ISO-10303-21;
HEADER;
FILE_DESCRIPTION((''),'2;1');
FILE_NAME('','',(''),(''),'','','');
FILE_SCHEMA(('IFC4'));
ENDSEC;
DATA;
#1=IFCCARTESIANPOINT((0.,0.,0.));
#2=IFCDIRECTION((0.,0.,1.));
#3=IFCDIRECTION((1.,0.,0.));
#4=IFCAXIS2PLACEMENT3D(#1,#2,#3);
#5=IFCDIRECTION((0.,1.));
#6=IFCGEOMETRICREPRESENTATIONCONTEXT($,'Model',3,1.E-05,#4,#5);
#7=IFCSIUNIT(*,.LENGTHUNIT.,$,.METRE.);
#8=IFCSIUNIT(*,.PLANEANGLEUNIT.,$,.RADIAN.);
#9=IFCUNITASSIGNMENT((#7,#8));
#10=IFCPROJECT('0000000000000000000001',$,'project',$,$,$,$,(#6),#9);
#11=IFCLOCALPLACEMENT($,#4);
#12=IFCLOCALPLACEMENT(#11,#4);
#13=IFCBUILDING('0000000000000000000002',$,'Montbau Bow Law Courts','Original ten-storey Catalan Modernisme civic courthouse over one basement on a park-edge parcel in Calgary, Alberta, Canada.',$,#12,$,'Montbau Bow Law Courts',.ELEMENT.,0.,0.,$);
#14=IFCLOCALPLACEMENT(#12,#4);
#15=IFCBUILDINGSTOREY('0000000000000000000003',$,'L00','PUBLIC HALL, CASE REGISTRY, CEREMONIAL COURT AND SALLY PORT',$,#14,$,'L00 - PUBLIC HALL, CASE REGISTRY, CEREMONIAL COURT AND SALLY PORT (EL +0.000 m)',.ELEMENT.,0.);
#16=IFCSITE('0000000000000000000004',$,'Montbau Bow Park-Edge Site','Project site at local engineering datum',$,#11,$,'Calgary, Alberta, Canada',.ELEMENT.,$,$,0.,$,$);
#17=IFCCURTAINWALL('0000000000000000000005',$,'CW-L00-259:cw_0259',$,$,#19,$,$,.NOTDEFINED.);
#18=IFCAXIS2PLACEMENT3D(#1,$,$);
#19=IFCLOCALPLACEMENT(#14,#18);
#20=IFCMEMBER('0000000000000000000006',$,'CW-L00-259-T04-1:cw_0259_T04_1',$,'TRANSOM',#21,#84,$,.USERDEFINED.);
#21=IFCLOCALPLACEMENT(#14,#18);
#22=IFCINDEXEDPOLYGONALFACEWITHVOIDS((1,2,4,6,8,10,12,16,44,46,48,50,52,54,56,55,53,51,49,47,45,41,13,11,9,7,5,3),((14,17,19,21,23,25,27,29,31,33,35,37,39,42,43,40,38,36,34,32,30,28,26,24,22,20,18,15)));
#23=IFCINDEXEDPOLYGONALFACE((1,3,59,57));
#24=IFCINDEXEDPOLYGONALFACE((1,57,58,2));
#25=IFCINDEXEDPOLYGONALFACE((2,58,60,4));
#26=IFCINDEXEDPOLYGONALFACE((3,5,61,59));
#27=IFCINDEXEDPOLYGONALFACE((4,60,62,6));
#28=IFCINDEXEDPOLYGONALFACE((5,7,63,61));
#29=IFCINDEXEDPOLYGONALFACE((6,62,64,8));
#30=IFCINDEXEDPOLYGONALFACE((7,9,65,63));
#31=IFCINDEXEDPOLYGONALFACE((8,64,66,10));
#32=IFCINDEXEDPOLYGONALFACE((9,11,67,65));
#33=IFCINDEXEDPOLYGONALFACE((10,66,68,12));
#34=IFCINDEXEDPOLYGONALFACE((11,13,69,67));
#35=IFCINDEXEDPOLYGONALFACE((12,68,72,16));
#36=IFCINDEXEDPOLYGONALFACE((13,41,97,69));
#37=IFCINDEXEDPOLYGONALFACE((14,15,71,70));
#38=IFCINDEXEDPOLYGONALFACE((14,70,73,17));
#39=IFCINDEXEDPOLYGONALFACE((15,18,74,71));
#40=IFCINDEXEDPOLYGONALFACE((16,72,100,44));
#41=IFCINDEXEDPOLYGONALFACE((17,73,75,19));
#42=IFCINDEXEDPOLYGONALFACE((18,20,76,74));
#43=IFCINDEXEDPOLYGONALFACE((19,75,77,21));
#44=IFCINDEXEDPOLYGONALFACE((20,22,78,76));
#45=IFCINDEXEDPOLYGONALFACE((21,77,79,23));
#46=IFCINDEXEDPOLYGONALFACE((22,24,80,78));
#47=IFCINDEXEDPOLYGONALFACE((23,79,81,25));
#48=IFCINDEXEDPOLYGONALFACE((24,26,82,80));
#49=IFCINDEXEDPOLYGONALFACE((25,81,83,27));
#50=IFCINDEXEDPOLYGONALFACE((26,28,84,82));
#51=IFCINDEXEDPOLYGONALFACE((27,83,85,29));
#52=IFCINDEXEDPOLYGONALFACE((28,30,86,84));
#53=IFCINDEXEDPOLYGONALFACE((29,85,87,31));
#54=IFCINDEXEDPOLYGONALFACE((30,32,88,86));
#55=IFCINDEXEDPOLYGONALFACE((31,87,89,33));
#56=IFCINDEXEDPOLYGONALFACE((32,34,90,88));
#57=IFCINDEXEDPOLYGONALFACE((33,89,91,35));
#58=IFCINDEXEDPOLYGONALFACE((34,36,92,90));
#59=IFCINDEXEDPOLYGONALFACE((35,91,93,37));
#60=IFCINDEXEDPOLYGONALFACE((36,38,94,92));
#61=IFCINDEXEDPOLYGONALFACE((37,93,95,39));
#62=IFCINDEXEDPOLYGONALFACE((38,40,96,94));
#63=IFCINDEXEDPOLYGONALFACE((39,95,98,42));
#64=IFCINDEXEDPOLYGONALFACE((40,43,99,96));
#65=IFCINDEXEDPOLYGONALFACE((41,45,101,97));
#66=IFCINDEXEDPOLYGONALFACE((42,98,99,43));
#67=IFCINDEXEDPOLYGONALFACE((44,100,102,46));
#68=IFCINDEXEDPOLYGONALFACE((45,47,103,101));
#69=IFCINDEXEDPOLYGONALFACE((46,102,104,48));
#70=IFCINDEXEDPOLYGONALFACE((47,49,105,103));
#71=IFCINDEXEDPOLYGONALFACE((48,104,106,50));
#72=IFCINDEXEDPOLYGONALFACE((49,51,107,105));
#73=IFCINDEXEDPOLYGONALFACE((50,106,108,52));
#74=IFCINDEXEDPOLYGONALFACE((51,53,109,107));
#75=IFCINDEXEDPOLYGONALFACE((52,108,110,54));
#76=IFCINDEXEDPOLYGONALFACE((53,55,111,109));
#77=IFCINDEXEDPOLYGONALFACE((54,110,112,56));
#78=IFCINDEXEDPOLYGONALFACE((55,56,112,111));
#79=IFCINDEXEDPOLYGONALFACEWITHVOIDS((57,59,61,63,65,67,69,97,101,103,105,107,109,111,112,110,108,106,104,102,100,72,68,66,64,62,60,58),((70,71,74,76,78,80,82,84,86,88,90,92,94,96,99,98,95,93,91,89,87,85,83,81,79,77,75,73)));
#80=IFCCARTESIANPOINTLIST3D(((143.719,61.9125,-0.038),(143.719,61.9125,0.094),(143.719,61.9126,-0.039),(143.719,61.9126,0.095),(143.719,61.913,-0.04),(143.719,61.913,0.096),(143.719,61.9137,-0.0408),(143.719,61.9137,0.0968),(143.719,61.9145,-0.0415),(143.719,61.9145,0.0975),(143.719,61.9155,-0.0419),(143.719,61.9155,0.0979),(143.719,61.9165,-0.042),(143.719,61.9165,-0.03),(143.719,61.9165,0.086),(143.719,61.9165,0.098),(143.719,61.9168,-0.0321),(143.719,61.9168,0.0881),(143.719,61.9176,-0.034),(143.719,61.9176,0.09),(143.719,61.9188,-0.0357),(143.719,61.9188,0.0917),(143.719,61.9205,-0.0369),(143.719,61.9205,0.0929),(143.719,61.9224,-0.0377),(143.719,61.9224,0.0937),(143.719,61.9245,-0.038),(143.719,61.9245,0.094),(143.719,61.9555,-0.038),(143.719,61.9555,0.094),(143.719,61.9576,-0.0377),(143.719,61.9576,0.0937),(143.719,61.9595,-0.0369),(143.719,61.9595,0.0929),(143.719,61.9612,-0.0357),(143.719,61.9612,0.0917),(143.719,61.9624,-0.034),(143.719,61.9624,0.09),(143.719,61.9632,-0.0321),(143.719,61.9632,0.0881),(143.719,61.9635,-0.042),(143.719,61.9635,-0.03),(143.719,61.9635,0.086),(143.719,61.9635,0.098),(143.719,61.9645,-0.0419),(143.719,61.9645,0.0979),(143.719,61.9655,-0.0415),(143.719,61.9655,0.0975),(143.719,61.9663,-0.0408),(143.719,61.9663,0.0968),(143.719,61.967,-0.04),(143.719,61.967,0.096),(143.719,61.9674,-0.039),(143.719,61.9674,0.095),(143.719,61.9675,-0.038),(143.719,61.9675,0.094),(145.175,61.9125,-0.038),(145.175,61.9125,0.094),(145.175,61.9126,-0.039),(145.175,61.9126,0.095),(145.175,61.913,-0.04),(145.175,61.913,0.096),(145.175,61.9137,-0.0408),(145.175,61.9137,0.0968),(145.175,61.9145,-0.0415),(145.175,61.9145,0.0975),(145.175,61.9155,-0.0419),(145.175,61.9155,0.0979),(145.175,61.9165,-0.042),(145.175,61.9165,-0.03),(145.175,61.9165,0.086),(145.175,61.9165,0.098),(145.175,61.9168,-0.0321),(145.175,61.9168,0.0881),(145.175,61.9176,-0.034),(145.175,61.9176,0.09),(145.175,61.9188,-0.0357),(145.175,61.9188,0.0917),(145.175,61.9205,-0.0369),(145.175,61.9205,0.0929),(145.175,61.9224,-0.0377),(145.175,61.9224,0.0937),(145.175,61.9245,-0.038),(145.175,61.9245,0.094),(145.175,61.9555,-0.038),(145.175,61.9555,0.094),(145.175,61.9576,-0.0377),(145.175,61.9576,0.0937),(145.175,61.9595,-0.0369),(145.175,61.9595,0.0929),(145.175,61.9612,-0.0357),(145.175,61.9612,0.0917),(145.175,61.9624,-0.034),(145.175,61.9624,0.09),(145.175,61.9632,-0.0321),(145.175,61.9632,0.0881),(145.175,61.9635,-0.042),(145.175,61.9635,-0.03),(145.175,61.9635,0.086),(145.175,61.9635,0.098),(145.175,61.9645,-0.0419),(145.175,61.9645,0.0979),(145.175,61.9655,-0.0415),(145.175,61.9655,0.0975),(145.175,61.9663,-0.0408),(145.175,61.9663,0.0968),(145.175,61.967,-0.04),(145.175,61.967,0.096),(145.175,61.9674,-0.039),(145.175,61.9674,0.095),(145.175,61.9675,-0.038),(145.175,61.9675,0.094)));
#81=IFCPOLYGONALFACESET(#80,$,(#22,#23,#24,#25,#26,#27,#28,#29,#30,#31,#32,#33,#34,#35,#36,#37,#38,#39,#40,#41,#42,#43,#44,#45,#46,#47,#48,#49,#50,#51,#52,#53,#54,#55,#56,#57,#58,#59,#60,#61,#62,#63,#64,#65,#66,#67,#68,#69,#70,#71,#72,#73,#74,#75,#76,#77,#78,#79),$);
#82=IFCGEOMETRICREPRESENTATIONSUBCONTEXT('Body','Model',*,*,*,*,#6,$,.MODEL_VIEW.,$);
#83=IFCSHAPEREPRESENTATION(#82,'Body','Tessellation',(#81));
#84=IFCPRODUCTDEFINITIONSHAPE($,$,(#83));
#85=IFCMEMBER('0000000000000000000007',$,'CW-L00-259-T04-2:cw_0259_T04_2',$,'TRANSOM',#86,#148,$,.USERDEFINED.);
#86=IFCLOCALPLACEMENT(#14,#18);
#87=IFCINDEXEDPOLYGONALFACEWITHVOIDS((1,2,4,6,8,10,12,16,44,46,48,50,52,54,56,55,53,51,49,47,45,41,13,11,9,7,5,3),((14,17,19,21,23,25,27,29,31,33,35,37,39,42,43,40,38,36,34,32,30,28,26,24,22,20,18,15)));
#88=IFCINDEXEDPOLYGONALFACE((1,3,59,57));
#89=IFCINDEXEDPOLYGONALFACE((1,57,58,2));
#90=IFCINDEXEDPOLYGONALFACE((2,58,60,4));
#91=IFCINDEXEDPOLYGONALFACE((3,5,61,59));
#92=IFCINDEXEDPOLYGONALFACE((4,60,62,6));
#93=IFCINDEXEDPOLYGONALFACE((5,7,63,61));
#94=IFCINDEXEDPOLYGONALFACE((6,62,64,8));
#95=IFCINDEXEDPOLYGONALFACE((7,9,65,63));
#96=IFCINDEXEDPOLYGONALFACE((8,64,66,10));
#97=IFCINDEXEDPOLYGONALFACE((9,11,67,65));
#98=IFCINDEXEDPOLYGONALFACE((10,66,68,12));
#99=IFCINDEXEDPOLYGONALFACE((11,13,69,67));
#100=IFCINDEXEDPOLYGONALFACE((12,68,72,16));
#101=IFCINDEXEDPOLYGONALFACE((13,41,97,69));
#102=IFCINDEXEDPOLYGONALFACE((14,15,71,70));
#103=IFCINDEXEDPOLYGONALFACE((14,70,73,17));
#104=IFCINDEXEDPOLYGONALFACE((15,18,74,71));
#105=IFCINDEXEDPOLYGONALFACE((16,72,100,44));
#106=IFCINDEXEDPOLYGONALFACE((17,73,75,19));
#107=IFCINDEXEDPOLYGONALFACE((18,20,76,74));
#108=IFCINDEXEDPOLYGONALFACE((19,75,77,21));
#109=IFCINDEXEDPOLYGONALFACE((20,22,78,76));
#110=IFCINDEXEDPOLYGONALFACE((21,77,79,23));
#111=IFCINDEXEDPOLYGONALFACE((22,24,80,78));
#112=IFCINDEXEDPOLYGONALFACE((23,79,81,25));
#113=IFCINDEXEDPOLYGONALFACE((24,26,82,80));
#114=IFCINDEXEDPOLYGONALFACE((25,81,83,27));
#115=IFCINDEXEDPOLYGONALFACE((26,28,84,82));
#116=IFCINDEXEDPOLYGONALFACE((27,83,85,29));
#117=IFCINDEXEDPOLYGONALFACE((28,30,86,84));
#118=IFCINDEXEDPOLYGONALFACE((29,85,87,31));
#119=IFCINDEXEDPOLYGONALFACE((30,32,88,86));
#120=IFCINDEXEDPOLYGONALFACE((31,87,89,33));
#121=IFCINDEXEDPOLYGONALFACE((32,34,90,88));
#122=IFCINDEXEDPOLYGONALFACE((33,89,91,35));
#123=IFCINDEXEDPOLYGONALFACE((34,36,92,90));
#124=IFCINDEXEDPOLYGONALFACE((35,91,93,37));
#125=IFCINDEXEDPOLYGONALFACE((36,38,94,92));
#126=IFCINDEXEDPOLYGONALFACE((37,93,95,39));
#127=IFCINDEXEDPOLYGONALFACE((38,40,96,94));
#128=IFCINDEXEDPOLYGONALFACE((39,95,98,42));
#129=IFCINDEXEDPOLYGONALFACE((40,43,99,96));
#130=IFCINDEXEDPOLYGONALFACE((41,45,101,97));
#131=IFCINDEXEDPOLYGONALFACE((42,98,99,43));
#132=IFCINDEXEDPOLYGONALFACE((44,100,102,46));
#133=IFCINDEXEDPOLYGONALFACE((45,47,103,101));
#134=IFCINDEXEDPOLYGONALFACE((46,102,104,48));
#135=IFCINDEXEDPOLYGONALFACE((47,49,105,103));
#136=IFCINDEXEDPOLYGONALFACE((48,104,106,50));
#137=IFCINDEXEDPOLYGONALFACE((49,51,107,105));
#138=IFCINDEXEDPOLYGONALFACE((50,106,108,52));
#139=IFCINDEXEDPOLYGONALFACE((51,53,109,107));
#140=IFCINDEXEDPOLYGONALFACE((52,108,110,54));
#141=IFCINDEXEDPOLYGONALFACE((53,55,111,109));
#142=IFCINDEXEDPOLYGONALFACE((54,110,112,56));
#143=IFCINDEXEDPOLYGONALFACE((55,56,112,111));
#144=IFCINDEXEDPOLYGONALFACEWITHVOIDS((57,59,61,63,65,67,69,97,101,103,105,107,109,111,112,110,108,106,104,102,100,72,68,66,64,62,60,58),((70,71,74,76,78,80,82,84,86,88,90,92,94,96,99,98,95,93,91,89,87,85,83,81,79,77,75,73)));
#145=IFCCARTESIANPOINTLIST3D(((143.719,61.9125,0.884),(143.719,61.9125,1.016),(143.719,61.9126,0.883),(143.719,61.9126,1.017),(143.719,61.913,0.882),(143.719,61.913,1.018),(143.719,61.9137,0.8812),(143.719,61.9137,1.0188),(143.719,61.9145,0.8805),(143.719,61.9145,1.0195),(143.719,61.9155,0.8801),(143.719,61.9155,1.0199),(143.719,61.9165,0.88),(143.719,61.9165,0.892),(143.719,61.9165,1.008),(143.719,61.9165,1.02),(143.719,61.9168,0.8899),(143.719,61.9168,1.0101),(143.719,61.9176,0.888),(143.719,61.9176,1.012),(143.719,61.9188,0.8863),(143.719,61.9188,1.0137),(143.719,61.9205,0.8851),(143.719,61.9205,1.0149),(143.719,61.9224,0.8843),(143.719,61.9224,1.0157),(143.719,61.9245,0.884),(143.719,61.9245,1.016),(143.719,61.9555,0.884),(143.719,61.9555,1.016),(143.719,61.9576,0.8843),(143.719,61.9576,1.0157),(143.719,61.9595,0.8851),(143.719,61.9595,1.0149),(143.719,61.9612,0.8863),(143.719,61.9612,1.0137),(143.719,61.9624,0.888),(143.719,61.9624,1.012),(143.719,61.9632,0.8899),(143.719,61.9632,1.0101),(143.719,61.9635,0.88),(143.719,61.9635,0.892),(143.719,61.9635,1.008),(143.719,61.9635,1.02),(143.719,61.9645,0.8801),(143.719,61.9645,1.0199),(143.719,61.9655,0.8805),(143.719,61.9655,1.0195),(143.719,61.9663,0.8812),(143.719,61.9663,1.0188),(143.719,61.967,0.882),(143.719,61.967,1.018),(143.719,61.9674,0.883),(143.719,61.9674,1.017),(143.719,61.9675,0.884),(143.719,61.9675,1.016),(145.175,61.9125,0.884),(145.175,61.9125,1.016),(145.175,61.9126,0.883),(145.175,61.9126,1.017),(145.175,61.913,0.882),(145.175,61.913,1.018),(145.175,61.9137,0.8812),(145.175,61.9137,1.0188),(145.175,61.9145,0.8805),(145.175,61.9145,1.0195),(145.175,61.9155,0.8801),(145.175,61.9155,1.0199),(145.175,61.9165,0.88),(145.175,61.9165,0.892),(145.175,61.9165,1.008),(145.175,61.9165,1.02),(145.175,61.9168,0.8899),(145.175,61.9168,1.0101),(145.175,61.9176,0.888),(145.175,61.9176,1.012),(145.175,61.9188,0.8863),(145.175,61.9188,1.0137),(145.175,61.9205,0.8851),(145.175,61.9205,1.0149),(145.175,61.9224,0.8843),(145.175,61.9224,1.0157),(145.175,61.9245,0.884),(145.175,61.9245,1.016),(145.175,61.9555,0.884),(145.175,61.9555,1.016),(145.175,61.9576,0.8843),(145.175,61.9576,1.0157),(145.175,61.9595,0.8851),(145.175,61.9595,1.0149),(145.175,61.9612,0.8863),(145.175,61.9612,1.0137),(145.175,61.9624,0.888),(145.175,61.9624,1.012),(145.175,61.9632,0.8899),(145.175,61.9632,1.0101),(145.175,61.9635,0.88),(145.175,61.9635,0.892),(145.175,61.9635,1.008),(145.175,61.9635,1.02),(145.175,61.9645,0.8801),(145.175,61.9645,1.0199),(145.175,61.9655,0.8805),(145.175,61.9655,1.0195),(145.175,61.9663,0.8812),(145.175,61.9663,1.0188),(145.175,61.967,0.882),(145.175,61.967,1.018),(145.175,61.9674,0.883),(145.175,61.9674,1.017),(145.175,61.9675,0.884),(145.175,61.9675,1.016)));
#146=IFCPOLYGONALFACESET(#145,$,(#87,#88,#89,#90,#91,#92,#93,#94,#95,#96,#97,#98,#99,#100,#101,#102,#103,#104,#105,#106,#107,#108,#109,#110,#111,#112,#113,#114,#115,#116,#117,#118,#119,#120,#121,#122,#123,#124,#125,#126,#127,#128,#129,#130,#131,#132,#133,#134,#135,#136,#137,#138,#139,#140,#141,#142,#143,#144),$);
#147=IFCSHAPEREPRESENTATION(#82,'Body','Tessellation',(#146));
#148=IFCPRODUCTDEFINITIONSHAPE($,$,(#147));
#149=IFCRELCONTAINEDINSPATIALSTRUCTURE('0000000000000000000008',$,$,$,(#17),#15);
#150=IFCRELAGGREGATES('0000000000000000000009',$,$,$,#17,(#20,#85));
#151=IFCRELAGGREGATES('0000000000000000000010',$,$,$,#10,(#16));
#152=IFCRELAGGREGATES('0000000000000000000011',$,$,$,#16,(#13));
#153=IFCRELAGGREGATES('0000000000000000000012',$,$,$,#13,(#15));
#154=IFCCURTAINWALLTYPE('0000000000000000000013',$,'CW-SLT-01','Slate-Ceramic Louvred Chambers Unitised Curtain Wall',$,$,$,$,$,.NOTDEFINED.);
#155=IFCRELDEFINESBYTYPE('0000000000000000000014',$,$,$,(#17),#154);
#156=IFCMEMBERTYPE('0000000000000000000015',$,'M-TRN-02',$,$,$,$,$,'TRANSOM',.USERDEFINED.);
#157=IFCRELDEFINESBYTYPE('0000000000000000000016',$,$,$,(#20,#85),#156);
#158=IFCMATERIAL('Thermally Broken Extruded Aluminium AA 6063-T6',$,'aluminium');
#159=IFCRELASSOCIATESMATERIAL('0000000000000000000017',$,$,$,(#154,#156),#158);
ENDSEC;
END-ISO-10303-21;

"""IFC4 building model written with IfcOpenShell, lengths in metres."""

from ifc_helpers import new_model, si_unit, direction, frame, origin_with_axes, origin_2d_with_axis, place, context, subcontext, project, spatial, hollow_rectangle, extrude, material, material_profile, profile_set, type_object, element, aggregate, save


model = new_model("IFC4")

# Units and contexts
model_context = context("Model", 3, precision=1e-05, world=origin_with_axes(), true_north=direction((0.0, 1.0)))
body_context = subcontext(model_context, "Body", "Model", "MODEL_VIEW")
ifc_project = project(units=[si_unit("LENGTHUNIT", "METRE"), si_unit("PLANEANGLEUNIT", "RADIAN")], contexts=[model_context])

# Site, building, storey
site_placement = place(None, origin_with_axes())
site = spatial("IfcSite", under=ifc_project, at=site_placement, Name="Montbau Bow Park-Edge Site", Description="Project site at local engineering datum", LongName="Calgary, Alberta, Canada", CompositionType="ELEMENT", RefElevation=0.0)
building_placement = place(site_placement, origin_with_axes())
building = spatial("IfcBuilding", under=site, at=building_placement, Name="Montbau Bow Law Courts", Description="Original ten-storey Catalan Modernisme civic courthouse over one basement on a park-edge parcel in Calgary, Alberta, Canada.", LongName="Montbau Bow Law Courts", CompositionType="ELEMENT", ElevationOfRefHeight=0.0, ElevationOfTerrain=0.0)
storey_placement = place(building_placement, origin_with_axes())
storey = spatial("IfcBuildingStorey", under=building, at=storey_placement, Name="L00", Description="PUBLIC HALL, CASE REGISTRY, CEREMONIAL COURT AND SALLY PORT", LongName="L00 - PUBLIC HALL, CASE REGISTRY, CEREMONIAL COURT AND SALLY PORT (EL +0.000 m)", CompositionType="ELEMENT", Elevation=0.0)

# Curtain wall, members
ifc_material_1 = material(Name="Thermally Broken Extruded Aluminium AA 6063-T6", Category="aluminium")
curtain_wall_type = type_object("IfcCurtainWallType", Name="CW-SLT-01", Description="Slate-Ceramic Louvred Chambers Unitised Curtain Wall", PredefinedType="NOTDEFINED", material=ifc_material_1)
curtain_wall_placement = place(None, frame((139.115, 61.94, 0.0), z_axis=(0.0, 0.0, 1.0), x_axis=(1.0, 0.0, 0.0)))
curtain_wall = element("IfcCurtainWall", 1, at=curtain_wall_placement, inside=storey, type_object=curtain_wall_type, Name="CW-L00-259:cw_0259", PredefinedType="NOTDEFINED")
ifc_material_profile_1 = material_profile(ifc_material_1, hollow_rectangle(XDim=0.055, YDim=0.14, WallThickness=0.004, InnerFilletRadius=0.008, OuterFilletRadius=0.004, at=origin_2d_with_axis()), Name="CWT-140X55", Category="Main", Priority=0)
ifc_profile_set_1 = profile_set([ifc_material_profile_1], Name="Thermally Broken Extruded Aluminium AA 6063-T6")
member_type_1 = type_object("IfcMemberType", Name="M-TRN-02", ElementType="TRANSOM", PredefinedType="USERDEFINED", material=ifc_profile_set_1)
member_1_placement = place(None, frame((143.719, 61.94, 0.028), z_axis=(1.0, 0.0, 0.0), x_axis=(0.0, 1.0, 0.0)))
member_1 = element("IfcMember", 2, at=member_1_placement, type_object=member_type_1, Name="CW-L00-259-T04-1:cw_0259_T04_1", ObjectType="TRANSOM", PredefinedType="USERDEFINED", context=body_context, shape_type="SweptSolid", body=[
    extrude(hollow_rectangle(XDim=0.055, YDim=0.14, WallThickness=0.004, InnerFilletRadius=0.008, OuterFilletRadius=0.004, at=origin_2d_with_axis()), origin_with_axes(), (0.0, 0.0, 1.0), 1.456),
])
member_2_placement = place(None, frame((143.719, 61.94, 0.95), z_axis=(1.0, 0.0, 0.0), x_axis=(0.0, 1.0, 0.0)))
member_2 = element("IfcMember", 3, at=member_2_placement, type_object=member_type_1, Name="CW-L00-259-T04-2:cw_0259_T04_2", ObjectType="TRANSOM", PredefinedType="USERDEFINED", context=body_context, shape_type="SweptSolid", body=[
    extrude(hollow_rectangle(XDim=0.055, YDim=0.14, WallThickness=0.004, InnerFilletRadius=0.008, OuterFilletRadius=0.004, at=origin_2d_with_axis()), origin_with_axes(), (0.0, 0.0, 1.0), 1.456),
])
aggregate(curtain_wall, [member_1, member_2])

save(model, "model.ifc")
